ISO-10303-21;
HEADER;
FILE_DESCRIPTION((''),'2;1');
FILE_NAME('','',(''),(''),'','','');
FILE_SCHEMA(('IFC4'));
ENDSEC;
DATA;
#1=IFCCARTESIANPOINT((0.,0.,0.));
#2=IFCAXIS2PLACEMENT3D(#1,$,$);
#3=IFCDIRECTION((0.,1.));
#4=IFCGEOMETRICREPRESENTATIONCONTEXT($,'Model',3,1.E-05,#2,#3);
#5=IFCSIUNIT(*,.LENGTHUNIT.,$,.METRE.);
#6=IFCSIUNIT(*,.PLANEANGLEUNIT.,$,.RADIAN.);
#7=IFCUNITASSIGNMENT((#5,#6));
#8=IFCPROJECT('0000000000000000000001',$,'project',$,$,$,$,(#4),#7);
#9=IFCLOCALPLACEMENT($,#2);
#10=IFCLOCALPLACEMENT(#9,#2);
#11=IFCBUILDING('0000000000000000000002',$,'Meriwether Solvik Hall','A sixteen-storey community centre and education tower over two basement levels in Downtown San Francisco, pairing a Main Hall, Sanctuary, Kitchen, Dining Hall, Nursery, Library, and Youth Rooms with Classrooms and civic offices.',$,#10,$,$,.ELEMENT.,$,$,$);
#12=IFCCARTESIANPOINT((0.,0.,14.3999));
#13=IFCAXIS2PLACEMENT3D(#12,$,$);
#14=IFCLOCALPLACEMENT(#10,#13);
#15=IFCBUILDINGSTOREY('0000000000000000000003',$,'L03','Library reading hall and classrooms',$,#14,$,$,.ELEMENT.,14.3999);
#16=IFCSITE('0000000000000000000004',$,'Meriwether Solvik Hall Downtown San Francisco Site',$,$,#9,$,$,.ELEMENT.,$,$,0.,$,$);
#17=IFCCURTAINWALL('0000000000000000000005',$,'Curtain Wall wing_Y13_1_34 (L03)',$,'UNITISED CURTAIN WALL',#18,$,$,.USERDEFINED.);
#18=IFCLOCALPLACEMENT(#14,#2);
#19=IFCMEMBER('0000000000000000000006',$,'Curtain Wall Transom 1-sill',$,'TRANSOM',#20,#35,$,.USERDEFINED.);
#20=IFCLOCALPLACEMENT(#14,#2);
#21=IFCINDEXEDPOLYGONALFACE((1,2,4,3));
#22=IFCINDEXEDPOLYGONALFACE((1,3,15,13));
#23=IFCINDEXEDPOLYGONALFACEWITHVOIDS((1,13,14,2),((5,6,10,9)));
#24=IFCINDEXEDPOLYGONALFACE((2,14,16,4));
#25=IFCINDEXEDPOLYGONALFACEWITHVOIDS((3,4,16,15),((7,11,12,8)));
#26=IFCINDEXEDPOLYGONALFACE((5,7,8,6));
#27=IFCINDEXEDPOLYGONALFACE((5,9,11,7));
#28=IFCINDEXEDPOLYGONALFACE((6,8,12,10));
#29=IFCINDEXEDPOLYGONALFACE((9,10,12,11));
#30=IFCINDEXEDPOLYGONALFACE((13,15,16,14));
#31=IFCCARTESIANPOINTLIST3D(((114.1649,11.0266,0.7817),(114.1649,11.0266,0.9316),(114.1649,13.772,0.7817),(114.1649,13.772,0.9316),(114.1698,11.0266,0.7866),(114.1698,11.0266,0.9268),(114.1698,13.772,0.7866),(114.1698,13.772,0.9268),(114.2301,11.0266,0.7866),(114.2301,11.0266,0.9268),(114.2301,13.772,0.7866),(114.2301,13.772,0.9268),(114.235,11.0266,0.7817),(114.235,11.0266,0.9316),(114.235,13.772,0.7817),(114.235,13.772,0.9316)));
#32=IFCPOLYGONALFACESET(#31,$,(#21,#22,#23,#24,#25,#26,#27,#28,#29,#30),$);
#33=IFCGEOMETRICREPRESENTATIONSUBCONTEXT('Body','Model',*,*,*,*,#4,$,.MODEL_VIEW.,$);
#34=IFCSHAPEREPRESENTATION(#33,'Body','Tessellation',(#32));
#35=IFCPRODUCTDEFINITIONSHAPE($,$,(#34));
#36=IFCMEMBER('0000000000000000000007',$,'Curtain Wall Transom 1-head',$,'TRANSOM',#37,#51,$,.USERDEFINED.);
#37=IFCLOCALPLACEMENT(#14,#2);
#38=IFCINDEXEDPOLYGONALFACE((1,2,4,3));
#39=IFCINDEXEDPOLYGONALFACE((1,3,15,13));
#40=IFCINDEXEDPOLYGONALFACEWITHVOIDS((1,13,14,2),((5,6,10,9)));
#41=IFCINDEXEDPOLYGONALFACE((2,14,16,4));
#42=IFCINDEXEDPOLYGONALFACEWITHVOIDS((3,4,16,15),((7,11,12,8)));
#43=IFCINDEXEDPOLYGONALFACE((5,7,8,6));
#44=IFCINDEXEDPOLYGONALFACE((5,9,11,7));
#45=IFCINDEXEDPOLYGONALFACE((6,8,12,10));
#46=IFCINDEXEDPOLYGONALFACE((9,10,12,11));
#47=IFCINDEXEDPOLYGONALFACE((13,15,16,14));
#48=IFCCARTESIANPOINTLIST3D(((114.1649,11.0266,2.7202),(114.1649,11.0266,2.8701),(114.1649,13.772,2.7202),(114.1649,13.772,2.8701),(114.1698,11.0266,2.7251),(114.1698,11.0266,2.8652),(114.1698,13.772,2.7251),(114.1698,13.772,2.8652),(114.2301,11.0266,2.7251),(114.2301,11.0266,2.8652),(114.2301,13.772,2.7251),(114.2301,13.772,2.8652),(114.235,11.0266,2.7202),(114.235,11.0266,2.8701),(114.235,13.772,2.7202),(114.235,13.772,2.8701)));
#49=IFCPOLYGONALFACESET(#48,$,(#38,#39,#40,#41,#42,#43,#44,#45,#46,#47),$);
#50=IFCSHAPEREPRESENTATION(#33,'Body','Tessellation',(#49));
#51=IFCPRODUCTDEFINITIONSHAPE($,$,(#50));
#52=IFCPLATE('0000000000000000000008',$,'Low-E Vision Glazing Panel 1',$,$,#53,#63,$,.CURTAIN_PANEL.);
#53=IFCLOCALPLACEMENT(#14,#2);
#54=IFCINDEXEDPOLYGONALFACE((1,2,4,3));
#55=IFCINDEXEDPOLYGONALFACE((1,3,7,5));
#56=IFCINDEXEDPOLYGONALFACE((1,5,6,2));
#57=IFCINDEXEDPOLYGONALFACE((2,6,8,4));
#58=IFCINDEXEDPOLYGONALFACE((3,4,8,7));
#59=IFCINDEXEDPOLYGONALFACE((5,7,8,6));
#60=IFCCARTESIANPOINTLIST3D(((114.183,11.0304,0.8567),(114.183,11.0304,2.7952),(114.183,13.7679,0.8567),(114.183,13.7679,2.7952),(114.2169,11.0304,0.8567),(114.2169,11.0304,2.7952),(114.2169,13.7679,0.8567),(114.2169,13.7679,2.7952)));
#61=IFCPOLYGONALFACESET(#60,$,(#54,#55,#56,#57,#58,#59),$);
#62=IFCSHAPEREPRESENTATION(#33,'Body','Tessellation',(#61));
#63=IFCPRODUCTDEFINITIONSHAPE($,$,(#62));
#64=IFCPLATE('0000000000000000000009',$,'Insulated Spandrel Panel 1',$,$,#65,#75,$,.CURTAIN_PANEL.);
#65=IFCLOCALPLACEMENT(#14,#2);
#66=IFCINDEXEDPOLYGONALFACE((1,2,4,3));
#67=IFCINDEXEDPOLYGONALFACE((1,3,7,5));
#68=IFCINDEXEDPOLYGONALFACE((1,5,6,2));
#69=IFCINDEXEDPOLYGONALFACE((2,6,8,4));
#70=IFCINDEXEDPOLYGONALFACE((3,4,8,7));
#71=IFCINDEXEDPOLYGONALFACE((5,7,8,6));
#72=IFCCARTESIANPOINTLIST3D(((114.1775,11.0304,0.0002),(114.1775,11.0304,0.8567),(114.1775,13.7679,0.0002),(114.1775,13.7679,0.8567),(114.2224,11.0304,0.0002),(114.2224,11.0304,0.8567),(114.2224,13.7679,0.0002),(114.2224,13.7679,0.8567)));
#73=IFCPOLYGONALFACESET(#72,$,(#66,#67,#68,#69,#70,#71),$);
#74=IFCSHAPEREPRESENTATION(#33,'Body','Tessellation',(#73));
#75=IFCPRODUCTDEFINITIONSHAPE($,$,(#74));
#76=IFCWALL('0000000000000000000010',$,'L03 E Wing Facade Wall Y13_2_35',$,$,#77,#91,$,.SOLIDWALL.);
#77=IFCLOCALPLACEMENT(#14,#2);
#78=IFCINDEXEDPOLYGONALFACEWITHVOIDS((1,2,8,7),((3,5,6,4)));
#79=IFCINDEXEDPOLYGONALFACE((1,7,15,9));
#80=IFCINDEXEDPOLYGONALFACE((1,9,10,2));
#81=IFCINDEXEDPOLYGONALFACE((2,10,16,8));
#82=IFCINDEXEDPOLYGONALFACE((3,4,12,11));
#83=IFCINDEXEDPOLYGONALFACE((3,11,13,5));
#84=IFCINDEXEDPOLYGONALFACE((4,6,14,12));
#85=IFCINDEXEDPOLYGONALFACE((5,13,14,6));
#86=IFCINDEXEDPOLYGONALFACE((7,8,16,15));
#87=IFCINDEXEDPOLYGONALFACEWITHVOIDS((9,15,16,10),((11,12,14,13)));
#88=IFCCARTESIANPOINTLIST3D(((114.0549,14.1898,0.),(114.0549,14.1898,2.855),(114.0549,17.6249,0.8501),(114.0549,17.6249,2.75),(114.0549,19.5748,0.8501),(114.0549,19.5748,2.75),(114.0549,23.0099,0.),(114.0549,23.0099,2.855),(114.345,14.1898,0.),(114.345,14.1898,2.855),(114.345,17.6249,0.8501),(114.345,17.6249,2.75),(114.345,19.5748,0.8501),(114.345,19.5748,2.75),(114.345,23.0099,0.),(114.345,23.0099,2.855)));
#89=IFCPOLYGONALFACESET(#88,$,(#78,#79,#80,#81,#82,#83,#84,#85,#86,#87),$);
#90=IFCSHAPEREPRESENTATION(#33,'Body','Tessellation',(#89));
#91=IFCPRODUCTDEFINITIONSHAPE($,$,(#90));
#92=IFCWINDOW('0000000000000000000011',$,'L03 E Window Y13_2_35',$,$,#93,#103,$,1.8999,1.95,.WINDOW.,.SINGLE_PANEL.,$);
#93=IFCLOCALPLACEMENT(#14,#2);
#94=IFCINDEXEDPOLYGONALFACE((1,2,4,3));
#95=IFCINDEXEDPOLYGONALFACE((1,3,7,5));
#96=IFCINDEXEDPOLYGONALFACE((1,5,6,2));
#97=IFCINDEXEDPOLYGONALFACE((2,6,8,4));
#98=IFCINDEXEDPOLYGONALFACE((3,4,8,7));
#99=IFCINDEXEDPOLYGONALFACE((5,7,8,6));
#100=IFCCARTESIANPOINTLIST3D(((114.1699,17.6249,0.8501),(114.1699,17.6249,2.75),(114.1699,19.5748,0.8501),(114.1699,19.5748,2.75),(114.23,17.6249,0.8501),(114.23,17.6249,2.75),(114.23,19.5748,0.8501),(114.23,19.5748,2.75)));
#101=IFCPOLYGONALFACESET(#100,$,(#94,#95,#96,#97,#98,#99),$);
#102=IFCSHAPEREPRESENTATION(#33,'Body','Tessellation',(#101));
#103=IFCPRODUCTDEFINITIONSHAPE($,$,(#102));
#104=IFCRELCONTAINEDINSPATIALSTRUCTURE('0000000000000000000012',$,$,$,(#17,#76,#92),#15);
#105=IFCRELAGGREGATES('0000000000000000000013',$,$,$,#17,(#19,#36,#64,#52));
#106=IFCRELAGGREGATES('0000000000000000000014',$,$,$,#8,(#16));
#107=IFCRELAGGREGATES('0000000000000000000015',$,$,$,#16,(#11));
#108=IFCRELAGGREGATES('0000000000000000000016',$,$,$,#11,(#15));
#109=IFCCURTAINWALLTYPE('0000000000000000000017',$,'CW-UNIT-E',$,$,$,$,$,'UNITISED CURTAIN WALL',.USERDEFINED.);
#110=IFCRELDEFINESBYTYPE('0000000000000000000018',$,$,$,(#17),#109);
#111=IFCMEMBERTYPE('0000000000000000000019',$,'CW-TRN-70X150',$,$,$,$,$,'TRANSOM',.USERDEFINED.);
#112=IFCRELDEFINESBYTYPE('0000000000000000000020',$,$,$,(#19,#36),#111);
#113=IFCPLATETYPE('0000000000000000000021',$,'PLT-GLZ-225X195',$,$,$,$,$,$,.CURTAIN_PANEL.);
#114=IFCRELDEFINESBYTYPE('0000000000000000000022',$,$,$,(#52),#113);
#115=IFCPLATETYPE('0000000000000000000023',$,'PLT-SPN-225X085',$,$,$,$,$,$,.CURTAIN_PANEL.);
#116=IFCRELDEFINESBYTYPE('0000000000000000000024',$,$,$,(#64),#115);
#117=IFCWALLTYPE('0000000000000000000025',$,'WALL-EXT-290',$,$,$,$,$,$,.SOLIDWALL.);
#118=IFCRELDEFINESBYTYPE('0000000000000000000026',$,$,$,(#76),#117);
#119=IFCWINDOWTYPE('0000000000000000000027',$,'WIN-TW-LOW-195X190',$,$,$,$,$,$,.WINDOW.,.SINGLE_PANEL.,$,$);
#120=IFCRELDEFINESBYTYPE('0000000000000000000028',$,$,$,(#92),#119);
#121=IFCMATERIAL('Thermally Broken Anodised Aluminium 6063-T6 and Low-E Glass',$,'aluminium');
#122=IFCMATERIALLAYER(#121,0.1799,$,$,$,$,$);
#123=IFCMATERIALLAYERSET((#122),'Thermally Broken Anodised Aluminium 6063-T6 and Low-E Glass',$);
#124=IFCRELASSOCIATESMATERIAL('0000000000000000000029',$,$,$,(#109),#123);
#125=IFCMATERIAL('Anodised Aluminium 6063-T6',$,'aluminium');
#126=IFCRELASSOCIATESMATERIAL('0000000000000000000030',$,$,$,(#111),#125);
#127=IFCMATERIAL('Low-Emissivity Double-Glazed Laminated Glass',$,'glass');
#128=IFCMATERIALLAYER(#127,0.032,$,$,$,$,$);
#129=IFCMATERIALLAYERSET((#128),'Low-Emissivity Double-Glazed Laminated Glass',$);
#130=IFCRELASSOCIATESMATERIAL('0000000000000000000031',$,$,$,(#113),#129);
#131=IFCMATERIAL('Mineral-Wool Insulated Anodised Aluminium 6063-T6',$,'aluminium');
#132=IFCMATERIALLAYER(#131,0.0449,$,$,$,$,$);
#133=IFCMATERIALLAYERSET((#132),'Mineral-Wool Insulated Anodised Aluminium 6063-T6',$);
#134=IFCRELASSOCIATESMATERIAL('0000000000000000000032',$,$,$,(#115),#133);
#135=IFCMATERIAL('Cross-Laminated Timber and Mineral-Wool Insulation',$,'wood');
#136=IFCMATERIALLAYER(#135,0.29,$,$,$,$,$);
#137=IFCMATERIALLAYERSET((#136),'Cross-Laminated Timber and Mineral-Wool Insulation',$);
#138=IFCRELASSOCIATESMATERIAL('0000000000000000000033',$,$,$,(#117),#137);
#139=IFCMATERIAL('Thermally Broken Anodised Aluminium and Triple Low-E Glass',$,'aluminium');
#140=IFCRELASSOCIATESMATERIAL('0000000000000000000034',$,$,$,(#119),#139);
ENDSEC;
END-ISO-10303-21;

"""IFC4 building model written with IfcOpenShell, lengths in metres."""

from ifc_helpers import new_model, si_unit, direction, frame, frame_2d, origin, origin_2d, place, context, subcontext, project, spatial, rectangle, hollow_rectangle, extrude, material, layer, layer_set, material_profile, profile_set, type_object, element, fill, aggregate, save


model = new_model("IFC4")

# Units and contexts
model_context = context("Model", 3, precision=1e-05, world=origin(), true_north=direction((0.0, 1.0)))
body_context = subcontext(model_context, "Body", "Model", "MODEL_VIEW")
ifc_project = project(units=[si_unit("LENGTHUNIT", "METRE"), si_unit("PLANEANGLEUNIT", "RADIAN")], contexts=[model_context])

# Site, building, storey
site_placement = place(None, origin())
site = spatial("IfcSite", under=ifc_project, at=site_placement, Name="Meriwether Solvik Hall Downtown San Francisco Site", CompositionType="ELEMENT", RefElevation=0.0)
building_placement = place(site_placement, origin())
building = spatial("IfcBuilding", under=site, at=building_placement, Name="Meriwether Solvik Hall", Description="A sixteen-storey community centre and education tower over two basement levels in Downtown San Francisco, pairing a Main Hall, Sanctuary, Kitchen, Dining Hall, Nursery, Library, and Youth Rooms with Classrooms and civic offices.", CompositionType="ELEMENT")
storey_placement = place(building_placement, frame((0.0, 0.0, 14.3999)))
storey = spatial("IfcBuildingStorey", under=building, at=storey_placement, Name="L03", Description="Library reading hall and classrooms", CompositionType="ELEMENT", Elevation=14.3999)

# Curtain wall, members, plates
ifc_material_1 = material(Name="Thermally Broken Anodised Aluminium 6063-T6 and Low-E Glass", Category="aluminium")
ifc_layer_1 = layer(ifc_material_1, 0.1799)
ifc_layer_set_1 = layer_set([ifc_layer_1], Name="Thermally Broken Anodised Aluminium 6063-T6 and Low-E Glass")
curtain_wall_type = type_object("IfcCurtainWallType", Name="CW-UNIT-E", ElementType="UNITISED CURTAIN WALL", PredefinedType="USERDEFINED", material=ifc_layer_set_1)
curtain_wall_placement = place(storey_placement, origin())
curtain_wall = element("IfcCurtainWall", 1, at=curtain_wall_placement, inside=storey, type_object=curtain_wall_type, Name="Curtain Wall wing_Y13_1_34 (L03)", ObjectType="UNITISED CURTAIN WALL", PredefinedType="USERDEFINED")
ifc_material_2 = material(Name="Anodised Aluminium 6063-T6", Category="aluminium")
ifc_material_profile_1 = material_profile(ifc_material_2, hollow_rectangle(XDim=0.0701, YDim=0.1499, WallThickness=0.0049, at=origin_2d()), Name="CWT-70X150")
ifc_profile_set_1 = profile_set([ifc_material_profile_1], Name="Anodised Aluminium 6063-T6")
member_type_1 = type_object("IfcMemberType", Name="CW-TRN-70X150", ElementType="TRANSOM", PredefinedType="USERDEFINED", material=ifc_profile_set_1)
member_1_placement = place(storey_placement, frame((114.2, 13.772, 0.8567), z_axis=(0.0, -1.0, 0.0), x_axis=(1.0, 0.0, 0.0)))
member_1 = element("IfcMember", 2, at=member_1_placement, type_object=member_type_1, Name="Curtain Wall Transom 1-sill", ObjectType="TRANSOM", PredefinedType="USERDEFINED", context=body_context, shape_type="SweptSolid", body=[
    extrude(hollow_rectangle(XDim=0.0701, YDim=0.1499, WallThickness=0.0049, at=origin_2d()), origin(), (0.0, 0.0, 1.0), 2.7454),
])
member_2_placement = place(storey_placement, frame((114.2, 13.772, 2.7952), z_axis=(0.0, -1.0, 0.0), x_axis=(1.0, 0.0, 0.0)))
member_2 = element("IfcMember", 3, at=member_2_placement, type_object=member_type_1, Name="Curtain Wall Transom 1-head", ObjectType="TRANSOM", PredefinedType="USERDEFINED", context=body_context, shape_type="SweptSolid", body=[
    extrude(hollow_rectangle(XDim=0.0701, YDim=0.1499, WallThickness=0.0049, at=origin_2d()), origin(), (0.0, 0.0, 1.0), 2.7454),
])
ifc_material_3 = material(Name="Low-Emissivity Double-Glazed Laminated Glass", Category="glass")
ifc_layer_2 = layer(ifc_material_3, 0.032)
ifc_layer_set_2 = layer_set([ifc_layer_2], Name="Low-Emissivity Double-Glazed Laminated Glass")
plate_type_1 = type_object("IfcPlateType", Name="PLT-GLZ-225X195", PredefinedType="CURTAIN_PANEL", material=ifc_layer_set_2)
plate_1_placement = place(storey_placement, frame((114.2, 12.3992, 0.8567), z_axis=(0.0, 0.0, 1.0), x_axis=(0.0, -1.0, 0.0)))
plate_1 = element("IfcPlate", 4, at=plate_1_placement, type_object=plate_type_1, Name="Low-E Vision Glazing Panel 1", PredefinedType="CURTAIN_PANEL", context=body_context, shape_type="SweptSolid", body=[
    extrude(rectangle(XDim=2.7375, YDim=0.0339, at=origin_2d()), origin(), (0.0, 0.0, 1.0), 1.9385),
])
ifc_material_4 = material(Name="Mineral-Wool Insulated Anodised Aluminium 6063-T6", Category="aluminium")
ifc_layer_3 = layer(ifc_material_4, 0.0449)
ifc_layer_set_3 = layer_set([ifc_layer_3], Name="Mineral-Wool Insulated Anodised Aluminium 6063-T6")
plate_type_2 = type_object("IfcPlateType", Name="PLT-SPN-225X085", PredefinedType="CURTAIN_PANEL", material=ifc_layer_set_3)
plate_2_placement = place(storey_placement, frame((114.2, 12.3992, 0.0002), z_axis=(0.0, 0.0, 1.0), x_axis=(0.0, -1.0, 0.0)))
plate_2 = element("IfcPlate", 5, at=plate_2_placement, type_object=plate_type_2, Name="Insulated Spandrel Panel 1", PredefinedType="CURTAIN_PANEL", context=body_context, shape_type="SweptSolid", body=[
    extrude(rectangle(XDim=2.7375, YDim=0.0449, at=origin_2d()), origin(), (0.0, 0.0, 1.0), 0.8564),
])
aggregate(curtain_wall, [member_1, member_2, plate_2, plate_1])

# Wall, opening, window
ifc_material_5 = material(Name="Cross-Laminated Timber and Mineral-Wool Insulation", Category="wood")
ifc_layer_4 = layer(ifc_material_5, 0.29)
ifc_layer_set_4 = layer_set([ifc_layer_4], Name="Cross-Laminated Timber and Mineral-Wool Insulation")
wall_type = type_object("IfcWallType", Name="WALL-EXT-290", PredefinedType="SOLIDWALL", material=ifc_layer_set_4)
wall_placement = place(storey_placement, frame((114.2, 23.01, 0.0), z_axis=(0.0, 0.0, 1.0), x_axis=(0.0, -1.0, 0.0)))
wall = element("IfcWall", 6, at=wall_placement, inside=storey, type_object=wall_type, Name="L03 E Wing Facade Wall Y13_2_35", PredefinedType="SOLIDWALL", context=body_context, shape_type="SweptSolid", body=[
    extrude(rectangle(XDim=8.8201, YDim=0.29, at=frame_2d((4.4102, 0.0))), origin(), (0.0, 0.0, 1.0), 2.855),
])
opening_placement = place(wall_placement, frame((3.4351, 0.0, 0.8501)))
opening = element("IfcOpeningElement", 7, at=opening_placement, cuts=wall, PredefinedType="OPENING", context=body_context, shape_type="SweptSolid", body=[
    extrude(rectangle(XDim=1.95, YDim=1.8999, at=frame_2d((0.9751, 0.95))), frame((0.0, 0.157, 0.0), z_axis=(0.0, -1.0, 0.0), x_axis=(1.0, 0.0, 0.0)), (0.0, 0.0, 1.0), 0.314),
])
ifc_material_6 = material(Name="Thermally Broken Anodised Aluminium and Triple Low-E Glass", Category="aluminium")
window_type = type_object("IfcWindowType", Name="WIN-TW-LOW-195X190", PartitioningType="SINGLE_PANEL", PredefinedType="WINDOW", material=ifc_material_6)
window_placement = place(opening_placement, origin())
window = element("IfcWindow", 8, at=window_placement, inside=storey, type_object=window_type, Name="L03 E Window Y13_2_35", OverallHeight=1.8999, OverallWidth=1.95, PartitioningType="SINGLE_PANEL", PredefinedType="WINDOW", context=body_context, shape_type="SweptSolid", body=[
    extrude(rectangle(XDim=1.95, YDim=1.8999, at=frame_2d((0.9751, 0.95))), frame((0.0, 0.03, 0.0), z_axis=(0.0, -1.0, 0.0), x_axis=(1.0, 0.0, 0.0)), (0.0, 0.0, 1.0), 0.0601),
])
fill(opening, window)

save(model, "model.ifc")
